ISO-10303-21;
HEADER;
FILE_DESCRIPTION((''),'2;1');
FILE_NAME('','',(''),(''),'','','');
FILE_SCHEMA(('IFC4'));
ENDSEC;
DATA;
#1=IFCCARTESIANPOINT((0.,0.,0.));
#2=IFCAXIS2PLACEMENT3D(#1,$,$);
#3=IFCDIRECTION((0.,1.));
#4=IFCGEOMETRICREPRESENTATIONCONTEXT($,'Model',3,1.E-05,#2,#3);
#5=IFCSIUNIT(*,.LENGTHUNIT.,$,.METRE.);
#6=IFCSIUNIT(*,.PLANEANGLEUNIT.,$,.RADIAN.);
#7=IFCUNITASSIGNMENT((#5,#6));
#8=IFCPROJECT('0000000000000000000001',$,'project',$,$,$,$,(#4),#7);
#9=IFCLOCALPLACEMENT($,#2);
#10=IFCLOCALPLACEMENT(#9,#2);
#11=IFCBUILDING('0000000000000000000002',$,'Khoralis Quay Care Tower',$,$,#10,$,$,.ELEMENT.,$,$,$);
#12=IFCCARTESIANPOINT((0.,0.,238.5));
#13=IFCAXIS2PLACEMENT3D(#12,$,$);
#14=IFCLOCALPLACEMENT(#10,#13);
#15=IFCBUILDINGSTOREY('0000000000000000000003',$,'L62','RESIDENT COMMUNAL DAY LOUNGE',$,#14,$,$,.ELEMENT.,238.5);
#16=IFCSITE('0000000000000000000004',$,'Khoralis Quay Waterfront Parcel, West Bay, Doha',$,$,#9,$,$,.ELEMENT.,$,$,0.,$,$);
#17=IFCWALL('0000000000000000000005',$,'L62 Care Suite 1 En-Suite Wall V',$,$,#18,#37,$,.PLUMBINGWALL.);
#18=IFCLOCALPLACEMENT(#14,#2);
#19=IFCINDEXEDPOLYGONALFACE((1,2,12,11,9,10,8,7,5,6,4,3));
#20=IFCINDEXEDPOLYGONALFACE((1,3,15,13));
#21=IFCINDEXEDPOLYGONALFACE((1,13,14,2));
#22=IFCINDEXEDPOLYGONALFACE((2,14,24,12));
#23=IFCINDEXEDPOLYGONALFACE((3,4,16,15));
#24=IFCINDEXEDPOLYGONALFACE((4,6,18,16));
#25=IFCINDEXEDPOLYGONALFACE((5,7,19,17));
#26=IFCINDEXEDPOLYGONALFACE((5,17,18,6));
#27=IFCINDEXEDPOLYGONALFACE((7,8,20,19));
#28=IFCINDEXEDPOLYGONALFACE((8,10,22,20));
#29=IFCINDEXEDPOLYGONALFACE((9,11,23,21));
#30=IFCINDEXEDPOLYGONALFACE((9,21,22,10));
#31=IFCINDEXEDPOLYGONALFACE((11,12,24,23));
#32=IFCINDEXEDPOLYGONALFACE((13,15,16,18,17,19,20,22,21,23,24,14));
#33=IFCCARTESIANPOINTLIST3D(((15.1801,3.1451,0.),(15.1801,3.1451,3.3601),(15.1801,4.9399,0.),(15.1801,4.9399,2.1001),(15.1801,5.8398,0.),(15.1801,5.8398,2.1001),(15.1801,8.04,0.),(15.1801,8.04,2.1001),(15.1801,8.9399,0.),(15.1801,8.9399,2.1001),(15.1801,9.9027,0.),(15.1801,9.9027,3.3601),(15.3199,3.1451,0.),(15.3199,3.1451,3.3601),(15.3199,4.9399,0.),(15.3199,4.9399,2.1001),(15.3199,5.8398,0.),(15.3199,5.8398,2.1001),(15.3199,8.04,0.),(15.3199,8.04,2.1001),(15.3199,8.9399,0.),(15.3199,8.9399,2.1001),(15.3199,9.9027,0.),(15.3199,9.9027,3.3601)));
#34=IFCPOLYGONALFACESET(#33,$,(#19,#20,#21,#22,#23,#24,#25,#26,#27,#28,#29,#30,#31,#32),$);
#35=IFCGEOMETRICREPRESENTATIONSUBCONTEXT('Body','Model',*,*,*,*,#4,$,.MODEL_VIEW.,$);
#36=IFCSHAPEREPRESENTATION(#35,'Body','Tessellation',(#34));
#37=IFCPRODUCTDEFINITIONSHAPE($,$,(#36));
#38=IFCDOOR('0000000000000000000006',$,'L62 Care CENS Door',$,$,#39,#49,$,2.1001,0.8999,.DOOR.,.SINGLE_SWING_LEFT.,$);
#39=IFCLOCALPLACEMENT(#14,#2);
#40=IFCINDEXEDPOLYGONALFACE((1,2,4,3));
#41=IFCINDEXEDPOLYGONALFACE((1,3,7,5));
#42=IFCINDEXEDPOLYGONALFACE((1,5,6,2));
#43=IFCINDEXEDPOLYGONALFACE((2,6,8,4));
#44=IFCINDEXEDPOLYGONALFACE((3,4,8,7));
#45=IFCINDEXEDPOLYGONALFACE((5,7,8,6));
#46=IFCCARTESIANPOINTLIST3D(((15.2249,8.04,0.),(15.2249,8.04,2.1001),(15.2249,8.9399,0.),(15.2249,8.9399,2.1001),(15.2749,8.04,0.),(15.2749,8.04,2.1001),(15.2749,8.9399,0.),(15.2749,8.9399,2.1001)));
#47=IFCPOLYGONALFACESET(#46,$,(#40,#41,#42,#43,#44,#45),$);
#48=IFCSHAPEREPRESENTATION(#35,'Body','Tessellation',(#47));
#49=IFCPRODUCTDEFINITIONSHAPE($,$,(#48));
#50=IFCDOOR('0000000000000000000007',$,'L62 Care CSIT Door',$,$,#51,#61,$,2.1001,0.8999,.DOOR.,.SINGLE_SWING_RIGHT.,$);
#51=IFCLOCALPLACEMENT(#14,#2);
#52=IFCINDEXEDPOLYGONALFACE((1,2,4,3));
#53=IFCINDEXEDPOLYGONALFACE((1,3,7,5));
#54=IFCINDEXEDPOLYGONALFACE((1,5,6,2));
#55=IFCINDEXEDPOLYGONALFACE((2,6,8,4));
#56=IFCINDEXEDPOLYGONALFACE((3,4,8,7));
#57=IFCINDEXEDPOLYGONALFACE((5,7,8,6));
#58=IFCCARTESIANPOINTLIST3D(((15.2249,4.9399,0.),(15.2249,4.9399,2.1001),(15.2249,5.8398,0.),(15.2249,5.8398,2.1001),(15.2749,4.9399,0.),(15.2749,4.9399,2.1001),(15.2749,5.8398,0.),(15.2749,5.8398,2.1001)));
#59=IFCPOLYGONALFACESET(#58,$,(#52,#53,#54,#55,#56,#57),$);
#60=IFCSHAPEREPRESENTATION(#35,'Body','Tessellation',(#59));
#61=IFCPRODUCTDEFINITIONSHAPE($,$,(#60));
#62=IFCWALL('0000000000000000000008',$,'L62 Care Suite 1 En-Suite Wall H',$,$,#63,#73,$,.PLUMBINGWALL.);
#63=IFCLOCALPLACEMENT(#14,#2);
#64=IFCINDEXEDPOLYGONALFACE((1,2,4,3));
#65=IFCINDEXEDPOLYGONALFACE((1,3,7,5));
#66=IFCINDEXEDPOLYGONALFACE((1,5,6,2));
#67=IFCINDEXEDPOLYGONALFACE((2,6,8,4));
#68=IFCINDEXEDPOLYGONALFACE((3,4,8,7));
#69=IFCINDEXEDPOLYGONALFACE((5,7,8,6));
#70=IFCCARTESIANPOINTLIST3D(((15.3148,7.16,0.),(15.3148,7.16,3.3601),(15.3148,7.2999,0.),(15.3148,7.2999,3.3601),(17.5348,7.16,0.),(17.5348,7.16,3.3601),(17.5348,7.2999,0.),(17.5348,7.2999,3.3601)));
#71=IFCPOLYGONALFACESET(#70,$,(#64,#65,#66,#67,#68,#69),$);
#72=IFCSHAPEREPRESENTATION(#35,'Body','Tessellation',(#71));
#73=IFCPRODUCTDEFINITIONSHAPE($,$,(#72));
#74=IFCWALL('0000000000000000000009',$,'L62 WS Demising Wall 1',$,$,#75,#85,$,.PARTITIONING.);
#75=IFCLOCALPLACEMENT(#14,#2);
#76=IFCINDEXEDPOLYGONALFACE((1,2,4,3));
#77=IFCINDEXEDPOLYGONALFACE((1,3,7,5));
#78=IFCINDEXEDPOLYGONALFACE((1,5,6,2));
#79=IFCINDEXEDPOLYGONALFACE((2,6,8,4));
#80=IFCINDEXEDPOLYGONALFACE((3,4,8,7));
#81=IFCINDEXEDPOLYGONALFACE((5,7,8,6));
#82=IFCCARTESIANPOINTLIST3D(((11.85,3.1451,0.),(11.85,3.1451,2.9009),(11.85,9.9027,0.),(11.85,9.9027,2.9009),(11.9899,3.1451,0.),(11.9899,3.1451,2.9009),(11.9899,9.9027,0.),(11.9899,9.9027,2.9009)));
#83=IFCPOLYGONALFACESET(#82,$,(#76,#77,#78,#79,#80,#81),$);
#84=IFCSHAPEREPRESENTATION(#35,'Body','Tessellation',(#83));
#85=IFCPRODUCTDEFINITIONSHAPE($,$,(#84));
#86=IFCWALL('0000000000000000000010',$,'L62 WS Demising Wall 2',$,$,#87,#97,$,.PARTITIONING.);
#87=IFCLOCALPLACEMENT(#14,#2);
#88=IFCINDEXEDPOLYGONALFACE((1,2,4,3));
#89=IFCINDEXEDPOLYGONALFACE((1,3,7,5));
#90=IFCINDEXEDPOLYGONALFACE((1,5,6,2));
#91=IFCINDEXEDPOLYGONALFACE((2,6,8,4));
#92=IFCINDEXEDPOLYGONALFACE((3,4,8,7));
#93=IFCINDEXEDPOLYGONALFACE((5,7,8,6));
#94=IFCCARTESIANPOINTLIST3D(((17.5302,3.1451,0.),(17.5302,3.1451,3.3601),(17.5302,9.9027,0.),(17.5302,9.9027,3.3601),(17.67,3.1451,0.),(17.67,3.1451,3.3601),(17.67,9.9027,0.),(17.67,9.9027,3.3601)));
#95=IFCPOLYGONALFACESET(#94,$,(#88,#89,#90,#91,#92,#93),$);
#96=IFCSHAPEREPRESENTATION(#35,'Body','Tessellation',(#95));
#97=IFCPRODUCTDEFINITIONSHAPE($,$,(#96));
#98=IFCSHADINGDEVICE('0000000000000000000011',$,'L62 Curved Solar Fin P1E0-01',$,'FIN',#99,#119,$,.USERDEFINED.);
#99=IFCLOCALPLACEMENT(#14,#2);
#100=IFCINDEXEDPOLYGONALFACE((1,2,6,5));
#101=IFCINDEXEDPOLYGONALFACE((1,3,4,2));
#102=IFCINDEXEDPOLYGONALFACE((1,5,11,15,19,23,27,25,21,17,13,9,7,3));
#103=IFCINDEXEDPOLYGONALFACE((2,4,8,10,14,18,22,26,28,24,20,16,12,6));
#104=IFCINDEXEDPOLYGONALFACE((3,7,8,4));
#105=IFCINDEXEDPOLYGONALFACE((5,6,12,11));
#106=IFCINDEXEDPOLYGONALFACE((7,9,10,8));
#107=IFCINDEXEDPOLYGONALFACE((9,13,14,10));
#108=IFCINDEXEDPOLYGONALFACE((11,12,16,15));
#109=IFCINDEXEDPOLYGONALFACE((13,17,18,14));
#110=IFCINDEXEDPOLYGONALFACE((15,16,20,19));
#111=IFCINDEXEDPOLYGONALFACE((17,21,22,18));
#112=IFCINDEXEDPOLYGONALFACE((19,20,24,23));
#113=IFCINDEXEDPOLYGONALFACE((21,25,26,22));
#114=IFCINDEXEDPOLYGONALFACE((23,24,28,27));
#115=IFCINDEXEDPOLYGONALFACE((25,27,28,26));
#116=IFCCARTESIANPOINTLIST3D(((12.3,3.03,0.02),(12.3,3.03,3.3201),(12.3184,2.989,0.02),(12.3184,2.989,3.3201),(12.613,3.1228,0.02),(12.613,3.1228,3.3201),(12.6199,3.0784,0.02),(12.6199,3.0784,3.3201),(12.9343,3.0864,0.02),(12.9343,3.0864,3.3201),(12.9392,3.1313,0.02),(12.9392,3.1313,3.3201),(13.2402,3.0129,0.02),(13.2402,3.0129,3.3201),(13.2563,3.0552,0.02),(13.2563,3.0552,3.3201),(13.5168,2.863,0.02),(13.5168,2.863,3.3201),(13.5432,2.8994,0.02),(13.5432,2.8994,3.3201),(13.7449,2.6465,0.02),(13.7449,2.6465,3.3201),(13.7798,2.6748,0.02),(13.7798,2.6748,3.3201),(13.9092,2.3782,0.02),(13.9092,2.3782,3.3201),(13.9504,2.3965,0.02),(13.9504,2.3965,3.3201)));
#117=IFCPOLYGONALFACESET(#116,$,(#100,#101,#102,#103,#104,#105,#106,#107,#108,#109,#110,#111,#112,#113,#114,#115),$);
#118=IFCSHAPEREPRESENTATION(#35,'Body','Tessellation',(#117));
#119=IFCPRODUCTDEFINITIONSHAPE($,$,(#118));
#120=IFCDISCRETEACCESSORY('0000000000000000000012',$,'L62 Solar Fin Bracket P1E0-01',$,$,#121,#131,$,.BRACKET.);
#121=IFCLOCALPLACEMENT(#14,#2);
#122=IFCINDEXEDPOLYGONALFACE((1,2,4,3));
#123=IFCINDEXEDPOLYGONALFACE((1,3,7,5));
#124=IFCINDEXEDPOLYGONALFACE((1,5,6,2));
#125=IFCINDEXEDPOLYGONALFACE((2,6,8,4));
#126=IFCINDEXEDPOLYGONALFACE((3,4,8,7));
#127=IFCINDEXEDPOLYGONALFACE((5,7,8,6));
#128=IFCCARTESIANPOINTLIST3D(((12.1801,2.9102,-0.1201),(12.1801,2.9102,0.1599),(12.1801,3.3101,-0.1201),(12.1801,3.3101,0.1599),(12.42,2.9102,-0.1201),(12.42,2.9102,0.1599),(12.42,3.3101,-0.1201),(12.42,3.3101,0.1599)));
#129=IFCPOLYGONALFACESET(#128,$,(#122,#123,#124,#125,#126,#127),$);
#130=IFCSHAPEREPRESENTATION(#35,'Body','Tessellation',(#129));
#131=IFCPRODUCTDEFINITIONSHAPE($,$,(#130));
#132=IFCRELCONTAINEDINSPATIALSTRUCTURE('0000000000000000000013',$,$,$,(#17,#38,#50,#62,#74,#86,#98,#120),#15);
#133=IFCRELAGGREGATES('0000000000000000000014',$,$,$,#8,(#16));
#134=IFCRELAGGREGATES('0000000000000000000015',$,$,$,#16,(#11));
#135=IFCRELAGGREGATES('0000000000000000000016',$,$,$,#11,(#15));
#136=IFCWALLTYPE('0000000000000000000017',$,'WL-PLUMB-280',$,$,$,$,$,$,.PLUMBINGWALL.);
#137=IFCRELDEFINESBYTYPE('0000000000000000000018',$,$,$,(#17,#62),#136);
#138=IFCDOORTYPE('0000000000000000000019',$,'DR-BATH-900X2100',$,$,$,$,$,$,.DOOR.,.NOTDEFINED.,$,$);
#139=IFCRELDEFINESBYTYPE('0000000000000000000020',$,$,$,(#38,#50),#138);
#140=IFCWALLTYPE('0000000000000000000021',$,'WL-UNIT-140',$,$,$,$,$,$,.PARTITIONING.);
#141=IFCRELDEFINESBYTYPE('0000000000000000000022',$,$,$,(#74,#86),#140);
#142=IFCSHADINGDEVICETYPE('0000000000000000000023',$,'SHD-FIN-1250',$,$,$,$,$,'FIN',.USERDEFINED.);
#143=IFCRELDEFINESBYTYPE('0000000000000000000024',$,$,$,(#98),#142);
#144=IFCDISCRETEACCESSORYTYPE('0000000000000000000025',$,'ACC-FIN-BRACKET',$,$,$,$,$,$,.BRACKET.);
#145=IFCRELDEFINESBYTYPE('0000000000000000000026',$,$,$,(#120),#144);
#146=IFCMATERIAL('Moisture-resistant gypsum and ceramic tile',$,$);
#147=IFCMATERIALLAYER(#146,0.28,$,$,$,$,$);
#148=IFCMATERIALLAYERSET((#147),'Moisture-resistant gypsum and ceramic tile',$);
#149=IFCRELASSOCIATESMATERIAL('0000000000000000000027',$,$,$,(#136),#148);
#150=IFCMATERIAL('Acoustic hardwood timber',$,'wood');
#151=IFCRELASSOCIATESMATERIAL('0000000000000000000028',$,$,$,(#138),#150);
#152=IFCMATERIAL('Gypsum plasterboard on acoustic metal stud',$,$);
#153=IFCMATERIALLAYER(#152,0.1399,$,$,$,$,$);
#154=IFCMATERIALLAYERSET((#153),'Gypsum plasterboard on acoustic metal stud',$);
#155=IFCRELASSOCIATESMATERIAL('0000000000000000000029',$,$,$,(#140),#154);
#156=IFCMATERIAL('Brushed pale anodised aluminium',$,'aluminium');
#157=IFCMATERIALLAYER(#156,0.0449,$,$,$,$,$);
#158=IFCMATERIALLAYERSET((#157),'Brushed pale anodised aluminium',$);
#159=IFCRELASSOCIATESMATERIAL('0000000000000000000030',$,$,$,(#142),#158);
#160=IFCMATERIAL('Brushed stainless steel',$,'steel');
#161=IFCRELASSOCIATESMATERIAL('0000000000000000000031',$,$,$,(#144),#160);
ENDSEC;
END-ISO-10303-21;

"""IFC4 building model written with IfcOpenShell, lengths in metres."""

from ifc_helpers import new_model, si_unit, direction, frame, frame_2d, origin, origin_2d, place, context, subcontext, project, spatial, polyline, rectangle, outline, extrude, source, transform, mapped, material, layer, layer_set, type_object, element, fill, save


model = new_model("IFC4")

# Units and contexts
model_context = context("Model", 3, precision=1e-05, world=origin(), true_north=direction((0.0, 1.0)))
body_context = subcontext(model_context, "Body", "Model", "MODEL_VIEW")
ifc_project = project(units=[si_unit("LENGTHUNIT", "METRE"), si_unit("PLANEANGLEUNIT", "RADIAN")], contexts=[model_context])

# Site, building, storey
site_placement = place(None, origin())
site = spatial("IfcSite", under=ifc_project, at=site_placement, Name="Khoralis Quay Waterfront Parcel, West Bay, Doha", CompositionType="ELEMENT", RefElevation=0.0)
building_placement = place(site_placement, origin())
building = spatial("IfcBuilding", under=site, at=building_placement, Name="Khoralis Quay Care Tower", CompositionType="ELEMENT")
storey_placement = place(building_placement, frame((0.0, 0.0, 238.5)))
storey = spatial("IfcBuildingStorey", under=building, at=storey_placement, Name="L62", Description="RESIDENT COMMUNAL DAY LOUNGE", CompositionType="ELEMENT", Elevation=238.5)

# Wall, openings, doors
ifc_material_1 = material(Name="Moisture-resistant gypsum and ceramic tile")
ifc_layer_1 = layer(ifc_material_1, 0.28)
ifc_layer_set_1 = layer_set([ifc_layer_1], Name="Moisture-resistant gypsum and ceramic tile")
wall_type_1 = type_object("IfcWallType", Name="WL-PLUMB-280", PredefinedType="PLUMBINGWALL", material=ifc_layer_set_1)
wall_1_placement = place(storey_placement, frame((15.25, 3.145, 0.0), z_axis=(0.0, 0.0, 1.0), x_axis=(0.0, 1.0, 0.0)))
wall_1 = element("IfcWall", 1, at=wall_1_placement, inside=storey, type_object=wall_type_1, Name="L62 Care Suite 1 En-Suite Wall V", PredefinedType="PLUMBINGWALL", context=body_context, shape_type="SweptSolid", body=[
    extrude(rectangle(XDim=6.7576, YDim=0.1399, at=frame_2d((3.3789, 0.0))), origin(), (0.0, 0.0, 1.0), 3.3601),
])
opening_1_placement = place(wall_1_placement, frame((4.895, 0.0, 0.0)))
opening_1 = element("IfcOpeningElement", 2, at=opening_1_placement, cuts=wall_1, PredefinedType="OPENING", context=body_context, shape_type="SweptSolid", body=[
    extrude(rectangle(XDim=0.8999, YDim=2.1001, at=frame_2d((0.45, 1.05))), frame((0.0, 0.0801, 0.0), z_axis=(0.0, -1.0, 0.0), x_axis=(1.0, 0.0, 0.0)), (0.0, 0.0, 1.0), 0.1599),
])
opening_2_placement = place(wall_1_placement, frame((1.7949, 0.0, 0.0)))
opening_2 = element("IfcOpeningElement", 3, at=opening_2_placement, cuts=wall_1, PredefinedType="OPENING", context=body_context, shape_type="SweptSolid", body=[
    extrude(rectangle(XDim=0.8999, YDim=2.1001, at=frame_2d((0.45, 1.05))), frame((0.0, 0.0801, 0.0), z_axis=(0.0, -1.0, 0.0), x_axis=(1.0, 0.0, 0.0)), (0.0, 0.0, 1.0), 0.1599),
])
ifc_material_2 = material(Name="Acoustic hardwood timber", Category="wood")
door_type = type_object("IfcDoorType", Name="DR-BATH-900X2100", OperationType="NOTDEFINED", PredefinedType="DOOR", material=ifc_material_2)
shared_shape_1 = source(origin(), body_context, "Body", "SweptSolid", [
    extrude(rectangle(XDim=0.8999, YDim=2.1001, at=frame_2d((0.45, 1.05))), frame((0.0, 0.0249, 0.0), z_axis=(0.0, -1.0, 0.0), x_axis=(1.0, 0.0, 0.0)), (0.0, 0.0, 1.0), 0.05),
])
door_1_placement = place(opening_1_placement, frame((0.8999, 0.0, 0.0), z_axis=(0.0, 0.0, 1.0), x_axis=(-1.0, 0.0, 0.0)))
door_1 = element("IfcDoor", 4, at=door_1_placement, inside=storey, type_object=door_type, Name="L62 Care CENS Door", OperationType="SINGLE_SWING_LEFT", OverallHeight=2.1001, OverallWidth=0.8999, PredefinedType="DOOR", context=body_context, shape_type="MappedRepresentation", body=[
    mapped(shared_shape_1, transform((0.0, 0.0, 0.0), scale=1.0)),
])
fill(opening_1, door_1)
door_2_placement = place(opening_2_placement, frame((0.8999, 0.0, 0.0), z_axis=(0.0, 0.0, 1.0), x_axis=(-1.0, 0.0, 0.0)))
door_2 = element("IfcDoor", 5, at=door_2_placement, inside=storey, type_object=door_type, Name="L62 Care CSIT Door", OperationType="SINGLE_SWING_RIGHT", OverallHeight=2.1001, OverallWidth=0.8999, PredefinedType="DOOR", context=body_context, shape_type="MappedRepresentation", body=[
    mapped(shared_shape_1, transform((0.0, 0.0, 0.0), scale=1.0)),
])
fill(opening_2, door_2)

# Walls
wall_2_placement = place(storey_placement, frame((15.3149, 7.23, 0.0), z_axis=(0.0, 0.0, 1.0), x_axis=(1.0, 0.0, 0.0)))
element("IfcWall", 6, at=wall_2_placement, inside=storey, type_object=wall_type_1, Name="L62 Care Suite 1 En-Suite Wall H", PredefinedType="PLUMBINGWALL", context=body_context, shape_type="SweptSolid", body=[
    extrude(rectangle(XDim=2.22, YDim=0.1399, at=frame_2d((1.1099, 0.0))), origin(), (0.0, 0.0, 1.0), 3.3601),
])
ifc_material_3 = material(Name="Gypsum plasterboard on acoustic metal stud")
ifc_layer_2 = layer(ifc_material_3, 0.1399)
ifc_layer_set_2 = layer_set([ifc_layer_2], Name="Gypsum plasterboard on acoustic metal stud")
wall_type_2 = type_object("IfcWallType", Name="WL-UNIT-140", PredefinedType="PARTITIONING", material=ifc_layer_set_2)
wall_3_placement = place(storey_placement, frame((11.9199, 3.145, 0.0), z_axis=(0.0, 0.0, 1.0), x_axis=(0.0, 1.0, 0.0)))
element("IfcWall", 7, at=wall_3_placement, inside=storey, type_object=wall_type_2, Name="L62 WS Demising Wall 1", PredefinedType="PARTITIONING", context=body_context, shape_type="SweptSolid", body=[
    extrude(rectangle(XDim=6.7576, YDim=0.1399, at=frame_2d((3.3789, 0.0))), origin(), (0.0, 0.0, 1.0), 2.9009),
])
wall_4_placement = place(storey_placement, frame((17.6001, 3.145, 0.0), z_axis=(0.0, 0.0, 1.0), x_axis=(0.0, 1.0, 0.0)))
element("IfcWall", 8, at=wall_4_placement, inside=storey, type_object=wall_type_2, Name="L62 WS Demising Wall 2", PredefinedType="PARTITIONING", context=body_context, shape_type="SweptSolid", body=[
    extrude(rectangle(XDim=6.7576, YDim=0.1399, at=frame_2d((3.3789, 0.0))), origin(), (0.0, 0.0, 1.0), 3.3601),
])

# Shading device
ifc_material_4 = material(Name="Brushed pale anodised aluminium", Category="aluminium")
ifc_layer_3 = layer(ifc_material_4, 0.0449)
ifc_layer_set_3 = layer_set([ifc_layer_3], Name="Brushed pale anodised aluminium")
shading_device_type = type_object("IfcShadingDeviceType", Name="SHD-FIN-1250", ElementType="FIN", PredefinedType="USERDEFINED", material=ifc_layer_set_3)
shared_shape_2 = source(origin(), body_context, "Body", "SweptSolid", [
    extrude(outline(polyline([(0.0, 0.0), (-0.0928, 0.313), (-0.1013, 0.6392), (-0.0251, 0.9563), (0.1306, 1.2432), (0.3552, 1.4797), (0.6335, 1.6504), (0.6519, 1.6091), (0.3835, 1.4448), (0.167, 1.2168), (0.0171, 0.9402), (-0.0564, 0.6343), (-0.0483, 0.3198), (0.041, 0.0183), (0.0, 0.0)])), origin(), (0.0, 0.0, 1.0), 3.3),
])
shading_device_placement = place(storey_placement, frame((12.3, 3.03, 0.02), z_axis=(0.0, 0.0, 1.0), x_axis=(0.0, -1.0, 0.0)))
element("IfcShadingDevice", 9, at=shading_device_placement, inside=storey, type_object=shading_device_type, Name="L62 Curved Solar Fin P1E0-01", ObjectType="FIN", PredefinedType="USERDEFINED", context=body_context, shape_type="MappedRepresentation", body=[
    mapped(shared_shape_2, transform((0.0, 0.0, 0.0), scale=1.0)),
])

# Discrete accessory
ifc_material_5 = material(Name="Brushed stainless steel", Category="steel")
discrete_accessory_type = type_object("IfcDiscreteAccessoryType", Name="ACC-FIN-BRACKET", PredefinedType="BRACKET", material=ifc_material_5)
shared_shape_3 = source(origin(), body_context, "Body", "SweptSolid", [
    extrude(rectangle(XDim=0.3999, YDim=0.24, at=origin_2d()), origin(), (0.0, 0.0, 1.0), 0.28),
])
discrete_accessory_placement = place(storey_placement, frame((12.3, 3.1101, -0.1201), z_axis=(0.0, 0.0, 1.0), x_axis=(0.0, -1.0, 0.0)))
element("IfcDiscreteAccessory", 10, at=discrete_accessory_placement, inside=storey, type_object=discrete_accessory_type, Name="L62 Solar Fin Bracket P1E0-01", PredefinedType="BRACKET", context=body_context, shape_type="MappedRepresentation", body=[
    mapped(shared_shape_3, transform((0.0, 0.0, 0.0), scale=1.0)),
])

save(model, "model.ifc")
